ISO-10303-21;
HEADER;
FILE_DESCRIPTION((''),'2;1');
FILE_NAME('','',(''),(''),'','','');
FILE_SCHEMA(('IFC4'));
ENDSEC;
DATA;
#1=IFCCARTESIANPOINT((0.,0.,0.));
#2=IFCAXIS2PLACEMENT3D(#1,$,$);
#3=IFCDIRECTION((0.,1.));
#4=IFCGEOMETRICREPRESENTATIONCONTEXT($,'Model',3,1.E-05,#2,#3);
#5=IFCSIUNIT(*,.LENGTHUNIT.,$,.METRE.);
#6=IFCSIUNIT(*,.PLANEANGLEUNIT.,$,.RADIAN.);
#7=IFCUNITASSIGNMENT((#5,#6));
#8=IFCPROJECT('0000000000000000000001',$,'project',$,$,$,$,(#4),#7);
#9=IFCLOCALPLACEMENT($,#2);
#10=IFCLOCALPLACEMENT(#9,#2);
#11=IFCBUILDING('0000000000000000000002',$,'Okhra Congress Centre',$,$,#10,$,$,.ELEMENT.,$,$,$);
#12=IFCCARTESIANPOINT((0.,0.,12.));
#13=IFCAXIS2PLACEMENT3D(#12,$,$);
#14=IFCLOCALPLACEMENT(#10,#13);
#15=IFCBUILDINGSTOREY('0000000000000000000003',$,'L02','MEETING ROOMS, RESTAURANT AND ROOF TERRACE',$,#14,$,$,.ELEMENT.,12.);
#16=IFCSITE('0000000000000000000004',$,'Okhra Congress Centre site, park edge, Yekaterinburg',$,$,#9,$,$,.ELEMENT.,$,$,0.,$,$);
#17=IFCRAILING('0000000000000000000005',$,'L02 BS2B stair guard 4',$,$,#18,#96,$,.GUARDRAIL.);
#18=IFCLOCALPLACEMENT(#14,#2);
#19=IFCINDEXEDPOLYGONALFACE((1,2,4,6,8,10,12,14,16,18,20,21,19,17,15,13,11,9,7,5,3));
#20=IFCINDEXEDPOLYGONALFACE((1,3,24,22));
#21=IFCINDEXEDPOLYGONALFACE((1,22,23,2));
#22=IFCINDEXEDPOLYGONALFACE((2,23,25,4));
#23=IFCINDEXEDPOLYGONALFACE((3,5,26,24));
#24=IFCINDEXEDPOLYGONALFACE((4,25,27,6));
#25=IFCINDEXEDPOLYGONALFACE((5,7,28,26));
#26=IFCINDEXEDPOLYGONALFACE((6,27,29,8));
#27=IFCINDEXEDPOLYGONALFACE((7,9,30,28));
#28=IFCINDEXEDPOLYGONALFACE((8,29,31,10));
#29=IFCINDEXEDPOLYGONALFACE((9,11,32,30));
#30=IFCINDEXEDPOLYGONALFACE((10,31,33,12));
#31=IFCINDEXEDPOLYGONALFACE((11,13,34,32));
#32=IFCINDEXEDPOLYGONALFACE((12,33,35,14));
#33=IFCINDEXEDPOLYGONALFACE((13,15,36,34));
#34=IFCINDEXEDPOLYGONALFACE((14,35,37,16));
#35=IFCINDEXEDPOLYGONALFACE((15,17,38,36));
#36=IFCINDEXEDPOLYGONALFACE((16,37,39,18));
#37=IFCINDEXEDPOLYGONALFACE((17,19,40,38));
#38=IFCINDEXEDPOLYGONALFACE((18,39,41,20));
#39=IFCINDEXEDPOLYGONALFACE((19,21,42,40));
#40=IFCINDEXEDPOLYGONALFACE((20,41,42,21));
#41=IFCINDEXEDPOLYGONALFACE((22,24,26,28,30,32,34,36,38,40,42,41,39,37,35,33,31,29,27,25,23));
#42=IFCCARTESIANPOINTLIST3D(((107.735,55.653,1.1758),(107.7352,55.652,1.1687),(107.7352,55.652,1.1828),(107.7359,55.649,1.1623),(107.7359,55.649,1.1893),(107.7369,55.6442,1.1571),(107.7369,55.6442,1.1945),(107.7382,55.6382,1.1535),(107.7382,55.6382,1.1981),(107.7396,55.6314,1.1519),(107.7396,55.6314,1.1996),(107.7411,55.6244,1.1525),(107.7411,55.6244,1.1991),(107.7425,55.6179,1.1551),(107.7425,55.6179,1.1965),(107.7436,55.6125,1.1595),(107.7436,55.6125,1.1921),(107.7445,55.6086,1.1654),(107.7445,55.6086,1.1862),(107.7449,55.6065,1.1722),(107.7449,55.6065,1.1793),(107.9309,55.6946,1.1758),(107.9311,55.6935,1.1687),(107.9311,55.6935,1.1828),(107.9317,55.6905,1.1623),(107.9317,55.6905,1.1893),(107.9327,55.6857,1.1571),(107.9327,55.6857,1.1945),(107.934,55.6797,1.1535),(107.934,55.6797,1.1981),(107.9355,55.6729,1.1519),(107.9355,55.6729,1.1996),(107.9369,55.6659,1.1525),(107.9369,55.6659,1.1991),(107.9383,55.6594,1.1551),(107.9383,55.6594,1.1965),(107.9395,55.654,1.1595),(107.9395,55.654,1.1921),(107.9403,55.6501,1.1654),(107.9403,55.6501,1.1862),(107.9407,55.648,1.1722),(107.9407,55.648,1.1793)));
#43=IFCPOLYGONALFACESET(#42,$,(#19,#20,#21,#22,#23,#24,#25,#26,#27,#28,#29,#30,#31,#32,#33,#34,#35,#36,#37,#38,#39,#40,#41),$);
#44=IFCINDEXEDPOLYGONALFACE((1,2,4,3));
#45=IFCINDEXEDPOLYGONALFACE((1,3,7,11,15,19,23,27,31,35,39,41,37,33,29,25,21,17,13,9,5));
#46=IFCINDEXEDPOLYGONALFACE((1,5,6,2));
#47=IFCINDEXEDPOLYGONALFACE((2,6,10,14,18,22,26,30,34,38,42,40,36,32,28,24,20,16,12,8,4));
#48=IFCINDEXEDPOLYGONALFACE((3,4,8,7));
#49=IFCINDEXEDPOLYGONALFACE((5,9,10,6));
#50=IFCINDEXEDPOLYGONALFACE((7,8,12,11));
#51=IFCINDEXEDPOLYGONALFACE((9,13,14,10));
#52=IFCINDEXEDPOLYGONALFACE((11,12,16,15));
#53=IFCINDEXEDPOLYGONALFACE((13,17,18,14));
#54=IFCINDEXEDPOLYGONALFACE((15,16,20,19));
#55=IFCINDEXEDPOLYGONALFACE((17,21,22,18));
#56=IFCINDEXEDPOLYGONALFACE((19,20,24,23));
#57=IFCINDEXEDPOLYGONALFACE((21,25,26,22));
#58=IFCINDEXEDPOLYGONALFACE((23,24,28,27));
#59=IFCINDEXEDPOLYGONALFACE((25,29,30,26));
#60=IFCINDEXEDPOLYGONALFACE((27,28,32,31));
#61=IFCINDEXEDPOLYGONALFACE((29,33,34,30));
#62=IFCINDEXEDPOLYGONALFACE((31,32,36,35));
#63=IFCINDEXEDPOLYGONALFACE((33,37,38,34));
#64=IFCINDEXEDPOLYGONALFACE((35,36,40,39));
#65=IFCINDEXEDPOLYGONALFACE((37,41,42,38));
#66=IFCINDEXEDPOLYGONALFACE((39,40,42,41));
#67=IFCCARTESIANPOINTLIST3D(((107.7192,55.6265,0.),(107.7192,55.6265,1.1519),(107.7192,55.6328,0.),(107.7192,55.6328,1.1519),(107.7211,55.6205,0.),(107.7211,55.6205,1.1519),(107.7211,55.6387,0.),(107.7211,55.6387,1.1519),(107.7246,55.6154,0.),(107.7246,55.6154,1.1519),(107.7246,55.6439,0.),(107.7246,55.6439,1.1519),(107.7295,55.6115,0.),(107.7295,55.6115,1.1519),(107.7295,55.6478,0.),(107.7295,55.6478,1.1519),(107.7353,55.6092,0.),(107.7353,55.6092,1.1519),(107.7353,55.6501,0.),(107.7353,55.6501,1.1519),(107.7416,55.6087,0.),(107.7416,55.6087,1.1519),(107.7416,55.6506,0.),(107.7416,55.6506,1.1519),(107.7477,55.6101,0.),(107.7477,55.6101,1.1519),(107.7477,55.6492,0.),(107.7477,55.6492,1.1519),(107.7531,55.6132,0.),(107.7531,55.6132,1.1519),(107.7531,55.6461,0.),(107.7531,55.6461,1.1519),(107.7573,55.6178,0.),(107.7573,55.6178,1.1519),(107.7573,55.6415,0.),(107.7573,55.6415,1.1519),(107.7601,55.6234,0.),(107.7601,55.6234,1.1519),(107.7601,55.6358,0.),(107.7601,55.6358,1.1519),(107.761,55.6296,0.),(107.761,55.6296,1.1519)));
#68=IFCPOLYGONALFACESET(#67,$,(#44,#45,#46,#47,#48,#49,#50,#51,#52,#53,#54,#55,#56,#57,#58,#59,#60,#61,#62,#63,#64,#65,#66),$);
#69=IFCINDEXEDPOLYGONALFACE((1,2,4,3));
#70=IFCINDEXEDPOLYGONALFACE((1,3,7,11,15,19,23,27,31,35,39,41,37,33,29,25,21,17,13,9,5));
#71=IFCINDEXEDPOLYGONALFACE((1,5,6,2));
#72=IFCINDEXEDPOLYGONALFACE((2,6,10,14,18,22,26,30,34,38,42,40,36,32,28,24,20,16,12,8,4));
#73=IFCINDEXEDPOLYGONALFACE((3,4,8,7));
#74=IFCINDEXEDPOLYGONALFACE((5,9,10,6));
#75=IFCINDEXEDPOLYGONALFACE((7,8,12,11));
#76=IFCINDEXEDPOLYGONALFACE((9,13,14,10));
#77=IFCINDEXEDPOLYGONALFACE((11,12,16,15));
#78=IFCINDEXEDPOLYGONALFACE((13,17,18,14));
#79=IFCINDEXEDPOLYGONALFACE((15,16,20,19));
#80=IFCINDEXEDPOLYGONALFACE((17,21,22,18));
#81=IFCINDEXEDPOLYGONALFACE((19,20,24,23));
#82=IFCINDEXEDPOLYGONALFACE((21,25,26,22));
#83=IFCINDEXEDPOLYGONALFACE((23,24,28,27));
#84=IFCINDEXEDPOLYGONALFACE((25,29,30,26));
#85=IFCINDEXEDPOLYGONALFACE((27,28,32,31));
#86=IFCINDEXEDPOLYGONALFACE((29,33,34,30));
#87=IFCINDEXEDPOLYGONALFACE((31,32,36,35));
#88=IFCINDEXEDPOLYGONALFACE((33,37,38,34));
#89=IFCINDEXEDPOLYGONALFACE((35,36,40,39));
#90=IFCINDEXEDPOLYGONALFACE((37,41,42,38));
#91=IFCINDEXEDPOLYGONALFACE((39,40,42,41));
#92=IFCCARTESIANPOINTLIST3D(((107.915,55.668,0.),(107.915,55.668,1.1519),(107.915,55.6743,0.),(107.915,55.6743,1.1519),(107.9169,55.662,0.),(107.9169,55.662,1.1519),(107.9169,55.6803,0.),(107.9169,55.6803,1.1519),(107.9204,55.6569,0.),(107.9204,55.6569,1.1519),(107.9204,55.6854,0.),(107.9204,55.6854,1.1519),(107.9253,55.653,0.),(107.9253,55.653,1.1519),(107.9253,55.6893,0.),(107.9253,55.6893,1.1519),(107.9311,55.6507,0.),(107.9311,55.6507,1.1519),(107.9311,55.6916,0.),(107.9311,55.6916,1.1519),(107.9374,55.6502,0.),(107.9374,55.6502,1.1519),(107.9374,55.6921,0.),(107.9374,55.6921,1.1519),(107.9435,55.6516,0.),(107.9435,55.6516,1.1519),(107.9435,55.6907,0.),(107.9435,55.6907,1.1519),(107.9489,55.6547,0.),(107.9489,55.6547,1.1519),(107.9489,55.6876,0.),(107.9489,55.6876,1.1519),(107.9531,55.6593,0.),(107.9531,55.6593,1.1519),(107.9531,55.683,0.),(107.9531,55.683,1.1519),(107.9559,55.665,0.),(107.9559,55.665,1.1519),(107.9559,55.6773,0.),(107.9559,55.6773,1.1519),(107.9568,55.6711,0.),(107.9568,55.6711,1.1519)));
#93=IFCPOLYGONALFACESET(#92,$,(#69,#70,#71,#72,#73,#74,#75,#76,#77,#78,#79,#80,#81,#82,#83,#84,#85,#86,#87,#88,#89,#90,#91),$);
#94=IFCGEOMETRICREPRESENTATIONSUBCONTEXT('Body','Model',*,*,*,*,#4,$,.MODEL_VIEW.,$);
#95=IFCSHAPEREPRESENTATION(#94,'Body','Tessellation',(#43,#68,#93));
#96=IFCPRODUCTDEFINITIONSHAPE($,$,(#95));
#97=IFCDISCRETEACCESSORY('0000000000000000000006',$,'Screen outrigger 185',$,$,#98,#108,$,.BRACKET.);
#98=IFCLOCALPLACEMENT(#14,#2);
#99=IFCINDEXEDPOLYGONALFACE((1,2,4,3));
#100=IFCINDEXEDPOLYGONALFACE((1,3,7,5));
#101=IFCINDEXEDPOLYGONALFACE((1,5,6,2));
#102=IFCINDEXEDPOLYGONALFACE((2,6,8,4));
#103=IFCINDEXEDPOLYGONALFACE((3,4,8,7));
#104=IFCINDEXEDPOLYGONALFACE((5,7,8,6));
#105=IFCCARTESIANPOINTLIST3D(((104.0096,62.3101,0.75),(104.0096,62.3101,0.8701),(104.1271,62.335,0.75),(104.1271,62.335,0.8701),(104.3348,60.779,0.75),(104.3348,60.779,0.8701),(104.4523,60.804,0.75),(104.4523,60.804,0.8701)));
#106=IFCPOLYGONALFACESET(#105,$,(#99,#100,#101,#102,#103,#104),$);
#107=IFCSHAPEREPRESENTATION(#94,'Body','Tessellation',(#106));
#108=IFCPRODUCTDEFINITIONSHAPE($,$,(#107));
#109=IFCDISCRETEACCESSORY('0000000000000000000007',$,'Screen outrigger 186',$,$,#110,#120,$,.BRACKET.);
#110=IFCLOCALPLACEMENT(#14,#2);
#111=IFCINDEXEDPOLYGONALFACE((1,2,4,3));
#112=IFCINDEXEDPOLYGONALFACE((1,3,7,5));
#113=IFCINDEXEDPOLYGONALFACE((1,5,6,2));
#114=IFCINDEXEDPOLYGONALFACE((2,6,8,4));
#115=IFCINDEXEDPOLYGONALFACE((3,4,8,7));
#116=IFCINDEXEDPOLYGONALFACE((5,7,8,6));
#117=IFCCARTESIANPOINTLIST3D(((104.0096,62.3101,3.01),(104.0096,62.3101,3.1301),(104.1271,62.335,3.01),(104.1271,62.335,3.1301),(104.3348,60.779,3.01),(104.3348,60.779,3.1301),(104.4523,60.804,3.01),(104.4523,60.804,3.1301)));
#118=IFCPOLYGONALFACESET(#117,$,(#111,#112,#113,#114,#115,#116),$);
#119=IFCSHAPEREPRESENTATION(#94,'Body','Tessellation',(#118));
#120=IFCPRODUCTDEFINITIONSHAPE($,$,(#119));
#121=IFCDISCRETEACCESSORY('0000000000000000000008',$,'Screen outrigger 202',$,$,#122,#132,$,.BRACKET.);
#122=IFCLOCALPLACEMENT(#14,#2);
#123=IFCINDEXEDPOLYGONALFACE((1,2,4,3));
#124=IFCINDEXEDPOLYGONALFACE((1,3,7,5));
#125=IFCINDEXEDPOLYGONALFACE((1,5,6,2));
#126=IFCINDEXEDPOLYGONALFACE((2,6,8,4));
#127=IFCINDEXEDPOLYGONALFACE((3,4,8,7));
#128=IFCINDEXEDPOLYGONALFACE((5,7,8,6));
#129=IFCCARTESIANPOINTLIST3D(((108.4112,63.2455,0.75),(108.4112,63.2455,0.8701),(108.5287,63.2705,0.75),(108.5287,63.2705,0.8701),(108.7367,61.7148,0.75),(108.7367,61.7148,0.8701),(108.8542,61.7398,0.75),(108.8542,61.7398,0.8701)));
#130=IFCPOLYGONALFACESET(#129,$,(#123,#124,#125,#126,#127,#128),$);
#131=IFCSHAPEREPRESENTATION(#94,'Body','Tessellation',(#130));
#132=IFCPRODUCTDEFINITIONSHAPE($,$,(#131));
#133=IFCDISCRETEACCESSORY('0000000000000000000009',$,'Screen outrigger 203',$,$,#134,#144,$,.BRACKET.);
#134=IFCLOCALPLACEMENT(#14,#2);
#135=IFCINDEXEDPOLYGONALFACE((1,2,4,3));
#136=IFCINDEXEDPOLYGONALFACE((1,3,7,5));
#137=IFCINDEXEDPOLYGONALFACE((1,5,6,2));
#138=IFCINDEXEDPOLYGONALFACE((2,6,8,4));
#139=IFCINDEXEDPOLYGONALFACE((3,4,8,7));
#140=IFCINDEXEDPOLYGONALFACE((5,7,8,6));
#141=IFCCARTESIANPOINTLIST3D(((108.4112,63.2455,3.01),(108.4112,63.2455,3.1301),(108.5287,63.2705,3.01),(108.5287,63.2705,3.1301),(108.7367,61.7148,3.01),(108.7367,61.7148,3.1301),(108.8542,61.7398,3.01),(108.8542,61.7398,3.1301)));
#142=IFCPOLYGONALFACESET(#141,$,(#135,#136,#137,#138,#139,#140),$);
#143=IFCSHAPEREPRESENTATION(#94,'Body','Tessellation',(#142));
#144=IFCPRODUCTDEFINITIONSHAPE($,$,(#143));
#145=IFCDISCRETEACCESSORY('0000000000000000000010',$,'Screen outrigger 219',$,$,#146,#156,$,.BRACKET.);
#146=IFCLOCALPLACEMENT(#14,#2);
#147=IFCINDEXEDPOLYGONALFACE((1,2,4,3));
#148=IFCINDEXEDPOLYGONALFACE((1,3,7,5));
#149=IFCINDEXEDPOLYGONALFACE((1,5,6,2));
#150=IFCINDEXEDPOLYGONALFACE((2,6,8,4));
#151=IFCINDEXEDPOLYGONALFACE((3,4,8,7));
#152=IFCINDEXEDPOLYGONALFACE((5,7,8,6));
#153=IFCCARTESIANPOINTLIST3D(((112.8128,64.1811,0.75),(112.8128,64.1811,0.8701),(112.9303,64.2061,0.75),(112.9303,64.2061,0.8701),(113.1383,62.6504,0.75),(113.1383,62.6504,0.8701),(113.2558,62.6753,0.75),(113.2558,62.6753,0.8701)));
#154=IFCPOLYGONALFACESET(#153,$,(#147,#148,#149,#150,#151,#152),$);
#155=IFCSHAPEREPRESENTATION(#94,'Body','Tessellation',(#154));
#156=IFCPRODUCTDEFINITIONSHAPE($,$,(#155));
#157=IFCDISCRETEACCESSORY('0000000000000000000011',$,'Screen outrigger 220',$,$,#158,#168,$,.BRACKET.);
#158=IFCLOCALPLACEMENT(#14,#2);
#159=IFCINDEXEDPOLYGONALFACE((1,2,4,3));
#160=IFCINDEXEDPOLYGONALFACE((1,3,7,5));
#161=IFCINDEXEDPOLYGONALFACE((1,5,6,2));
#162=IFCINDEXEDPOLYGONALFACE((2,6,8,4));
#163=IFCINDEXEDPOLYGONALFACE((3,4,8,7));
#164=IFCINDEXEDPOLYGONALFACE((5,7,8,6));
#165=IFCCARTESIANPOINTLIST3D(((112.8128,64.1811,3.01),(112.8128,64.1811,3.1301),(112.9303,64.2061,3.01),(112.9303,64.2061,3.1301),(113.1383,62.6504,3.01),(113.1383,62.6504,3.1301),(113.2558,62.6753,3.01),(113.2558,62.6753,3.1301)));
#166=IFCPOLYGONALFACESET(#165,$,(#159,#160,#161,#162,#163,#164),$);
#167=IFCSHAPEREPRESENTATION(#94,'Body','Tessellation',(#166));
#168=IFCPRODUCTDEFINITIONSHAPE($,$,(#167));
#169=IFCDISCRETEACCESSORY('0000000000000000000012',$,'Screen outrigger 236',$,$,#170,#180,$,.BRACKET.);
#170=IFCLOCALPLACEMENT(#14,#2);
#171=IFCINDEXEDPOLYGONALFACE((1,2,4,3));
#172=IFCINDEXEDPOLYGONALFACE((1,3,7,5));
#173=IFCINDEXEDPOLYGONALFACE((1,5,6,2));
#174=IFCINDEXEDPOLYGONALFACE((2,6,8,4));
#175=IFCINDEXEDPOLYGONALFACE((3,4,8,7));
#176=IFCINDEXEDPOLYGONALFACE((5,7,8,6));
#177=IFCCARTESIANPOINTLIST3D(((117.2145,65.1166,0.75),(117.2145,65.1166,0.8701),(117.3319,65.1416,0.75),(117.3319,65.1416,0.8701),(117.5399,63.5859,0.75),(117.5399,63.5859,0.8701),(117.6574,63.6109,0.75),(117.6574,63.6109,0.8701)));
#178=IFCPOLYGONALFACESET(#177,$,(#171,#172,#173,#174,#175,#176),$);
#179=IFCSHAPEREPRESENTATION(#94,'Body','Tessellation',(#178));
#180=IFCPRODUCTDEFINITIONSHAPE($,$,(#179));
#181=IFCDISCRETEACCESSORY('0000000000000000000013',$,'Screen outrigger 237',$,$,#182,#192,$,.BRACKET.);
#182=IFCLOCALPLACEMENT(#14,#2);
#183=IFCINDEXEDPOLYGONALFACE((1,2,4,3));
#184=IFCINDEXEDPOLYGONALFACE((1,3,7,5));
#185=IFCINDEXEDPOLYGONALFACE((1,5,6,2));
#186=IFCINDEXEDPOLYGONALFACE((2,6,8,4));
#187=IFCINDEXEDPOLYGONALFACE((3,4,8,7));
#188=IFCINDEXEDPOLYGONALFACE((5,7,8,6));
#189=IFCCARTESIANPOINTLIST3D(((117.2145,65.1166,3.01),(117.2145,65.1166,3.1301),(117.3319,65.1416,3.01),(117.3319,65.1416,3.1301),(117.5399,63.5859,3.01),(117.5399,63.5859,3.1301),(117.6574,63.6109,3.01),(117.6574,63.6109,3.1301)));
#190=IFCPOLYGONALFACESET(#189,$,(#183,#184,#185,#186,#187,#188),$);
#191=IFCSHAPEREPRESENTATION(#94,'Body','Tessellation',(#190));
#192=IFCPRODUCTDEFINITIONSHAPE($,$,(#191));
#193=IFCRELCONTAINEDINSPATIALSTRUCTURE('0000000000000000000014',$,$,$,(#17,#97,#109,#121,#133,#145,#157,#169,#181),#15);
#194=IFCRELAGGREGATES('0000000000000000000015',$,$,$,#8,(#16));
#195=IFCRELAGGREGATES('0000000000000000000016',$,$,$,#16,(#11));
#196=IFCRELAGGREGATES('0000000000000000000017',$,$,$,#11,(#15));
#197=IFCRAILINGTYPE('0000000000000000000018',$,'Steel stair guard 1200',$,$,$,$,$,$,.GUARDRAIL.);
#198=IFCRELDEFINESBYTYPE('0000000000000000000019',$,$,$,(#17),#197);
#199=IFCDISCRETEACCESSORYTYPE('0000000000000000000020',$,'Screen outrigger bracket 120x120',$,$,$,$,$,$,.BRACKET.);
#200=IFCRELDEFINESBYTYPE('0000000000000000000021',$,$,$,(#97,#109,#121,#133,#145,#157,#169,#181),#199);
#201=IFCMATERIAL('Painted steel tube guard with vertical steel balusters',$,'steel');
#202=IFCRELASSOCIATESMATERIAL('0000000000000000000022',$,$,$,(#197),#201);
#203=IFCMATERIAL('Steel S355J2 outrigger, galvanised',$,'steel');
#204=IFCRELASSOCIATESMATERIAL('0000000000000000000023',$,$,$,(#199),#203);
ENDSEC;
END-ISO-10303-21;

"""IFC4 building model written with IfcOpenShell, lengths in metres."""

from ifc_helpers import new_model, si_unit, direction, frame, origin, origin_2d, place, context, subcontext, project, spatial, rectangle, circle, extrude, material, material_profile, profile_set, type_object, element, save


model = new_model("IFC4")

# Units and contexts
model_context = context("Model", 3, precision=1e-05, world=origin(), true_north=direction((0.0, 1.0)))
body_context = subcontext(model_context, "Body", "Model", "MODEL_VIEW")
ifc_project = project(units=[si_unit("LENGTHUNIT", "METRE"), si_unit("PLANEANGLEUNIT", "RADIAN")], contexts=[model_context])

# Site, building, storey
site_placement = place(None, origin())
site = spatial("IfcSite", under=ifc_project, at=site_placement, Name="Okhra Congress Centre site, park edge, Yekaterinburg", CompositionType="ELEMENT", RefElevation=0.0)
building_placement = place(site_placement, origin())
building = spatial("IfcBuilding", under=site, at=building_placement, Name="Okhra Congress Centre", CompositionType="ELEMENT")
storey_placement = place(building_placement, frame((0.0, 0.0, 12.0)))
storey = spatial("IfcBuildingStorey", under=building, at=storey_placement, Name="L02", Description="MEETING ROOMS, RESTAURANT AND ROOF TERRACE", CompositionType="ELEMENT", Elevation=12.0)

# Railing
ifc_material_1 = material(Name="Painted steel tube guard with vertical steel balusters", Category="steel")
railing_type_1 = type_object("IfcRailingType", Name="Steel stair guard 1200", PredefinedType="GUARDRAIL", material=ifc_material_1)
railing_1_placement = place(storey_placement, frame((107.74, 55.6296, 0.0)))
element("IfcRailing", 1, at=railing_1_placement, inside=storey, type_object=railing_type_1, Name="L02 BS2B stair guard 4", PredefinedType="GUARDRAIL", context=body_context, shape_type="SweptSolid", body=[
    extrude(circle(Radius=0.0239, at=origin_2d()), frame((0.0, 0.0, 1.1758), z_axis=(0.978264, 0.207363, 0.0), x_axis=(-0.207363, 0.978264, 0.0)), (0.0, 0.0, 1.0), 0.2002),
    extrude(circle(Radius=0.021, at=origin_2d()), origin(), (0.0, 0.0, 1.0), 1.1519),
    extrude(circle(Radius=0.021, at=origin_2d()), frame((0.1958, 0.0415, 0.0)), (0.0, 0.0, 1.0), 1.1519),
])

# Discrete accessories
ifc_material_2 = material(Name="Steel S355J2 outrigger, galvanised", Category="steel")
ifc_material_profile_1 = material_profile(ifc_material_2, rectangle(XDim=0.1201, YDim=0.1201, at=origin_2d()), Name="Screen outrigger bracket 120x120")
ifc_profile_set_1 = profile_set([ifc_material_profile_1], Name="Steel S355J2 outrigger, galvanised")
discrete_accessory_type = type_object("IfcDiscreteAccessoryType", Name="Screen outrigger bracket 120x120", PredefinedType="BRACKET", material=ifc_profile_set_1)
for number, where, z_axis, x_axis, name in (
    (2, (104.3936, 60.7915, 0.8101), (-0.207771, 0.978177, 0.0), (-0.978177, -0.207771, 0.0), "Screen outrigger 185"),
    (3, (104.3936, 60.7915, 3.0701), (-0.207771, 0.978177, 0.0), (-0.978177, -0.207771, 0.0), "Screen outrigger 186"),
):
    element("IfcDiscreteAccessory", number, at=place(storey_placement, frame(where, z_axis=z_axis, x_axis=x_axis)), inside=storey, type_object=discrete_accessory_type, Name=name, PredefinedType="BRACKET", context=body_context, shape_type="SweptSolid", body=[
        extrude(rectangle(XDim=0.1201, YDim=0.1201, at=origin_2d()), origin(), (0.0, 0.0, 1.0), 1.5652),
    ])
for number, where, z_axis, x_axis, name in (
    (4, (108.7954, 61.7273, 0.8101), (-0.207952, 0.978139, 0.0), (-0.978139, -0.207952, 0.0), "Screen outrigger 202"),
    (5, (108.7954, 61.7273, 3.0701), (-0.207952, 0.978139, 0.0), (-0.978139, -0.207952, 0.0), "Screen outrigger 203"),
    (6, (113.197, 62.6628, 0.8101), (-0.207952, 0.978139, 0.0), (-0.978139, -0.207952, 0.0), "Screen outrigger 219"),
    (7, (113.197, 62.6628, 3.0701), (-0.207952, 0.978139, 0.0), (-0.978139, -0.207952, 0.0), "Screen outrigger 220"),
    (8, (117.5986, 63.5984, 0.8101), (-0.207952, 0.978139, 0.0), (-0.978139, -0.207952, 0.0), "Screen outrigger 236"),
    (9, (117.5986, 63.5984, 3.0701), (-0.207952, 0.978139, 0.0), (-0.978139, -0.207952, 0.0), "Screen outrigger 237"),
):
    element("IfcDiscreteAccessory", number, at=place(storey_placement, frame(where, z_axis=z_axis, x_axis=x_axis)), inside=storey, type_object=discrete_accessory_type, Name=name, PredefinedType="BRACKET", context=body_context, shape_type="SweptSolid", body=[
        extrude(rectangle(XDim=0.1201, YDim=0.1201, at=origin_2d()), origin(), (0.0, 0.0, 1.0), 1.5649),
    ])

save(model, "model.ifc")
